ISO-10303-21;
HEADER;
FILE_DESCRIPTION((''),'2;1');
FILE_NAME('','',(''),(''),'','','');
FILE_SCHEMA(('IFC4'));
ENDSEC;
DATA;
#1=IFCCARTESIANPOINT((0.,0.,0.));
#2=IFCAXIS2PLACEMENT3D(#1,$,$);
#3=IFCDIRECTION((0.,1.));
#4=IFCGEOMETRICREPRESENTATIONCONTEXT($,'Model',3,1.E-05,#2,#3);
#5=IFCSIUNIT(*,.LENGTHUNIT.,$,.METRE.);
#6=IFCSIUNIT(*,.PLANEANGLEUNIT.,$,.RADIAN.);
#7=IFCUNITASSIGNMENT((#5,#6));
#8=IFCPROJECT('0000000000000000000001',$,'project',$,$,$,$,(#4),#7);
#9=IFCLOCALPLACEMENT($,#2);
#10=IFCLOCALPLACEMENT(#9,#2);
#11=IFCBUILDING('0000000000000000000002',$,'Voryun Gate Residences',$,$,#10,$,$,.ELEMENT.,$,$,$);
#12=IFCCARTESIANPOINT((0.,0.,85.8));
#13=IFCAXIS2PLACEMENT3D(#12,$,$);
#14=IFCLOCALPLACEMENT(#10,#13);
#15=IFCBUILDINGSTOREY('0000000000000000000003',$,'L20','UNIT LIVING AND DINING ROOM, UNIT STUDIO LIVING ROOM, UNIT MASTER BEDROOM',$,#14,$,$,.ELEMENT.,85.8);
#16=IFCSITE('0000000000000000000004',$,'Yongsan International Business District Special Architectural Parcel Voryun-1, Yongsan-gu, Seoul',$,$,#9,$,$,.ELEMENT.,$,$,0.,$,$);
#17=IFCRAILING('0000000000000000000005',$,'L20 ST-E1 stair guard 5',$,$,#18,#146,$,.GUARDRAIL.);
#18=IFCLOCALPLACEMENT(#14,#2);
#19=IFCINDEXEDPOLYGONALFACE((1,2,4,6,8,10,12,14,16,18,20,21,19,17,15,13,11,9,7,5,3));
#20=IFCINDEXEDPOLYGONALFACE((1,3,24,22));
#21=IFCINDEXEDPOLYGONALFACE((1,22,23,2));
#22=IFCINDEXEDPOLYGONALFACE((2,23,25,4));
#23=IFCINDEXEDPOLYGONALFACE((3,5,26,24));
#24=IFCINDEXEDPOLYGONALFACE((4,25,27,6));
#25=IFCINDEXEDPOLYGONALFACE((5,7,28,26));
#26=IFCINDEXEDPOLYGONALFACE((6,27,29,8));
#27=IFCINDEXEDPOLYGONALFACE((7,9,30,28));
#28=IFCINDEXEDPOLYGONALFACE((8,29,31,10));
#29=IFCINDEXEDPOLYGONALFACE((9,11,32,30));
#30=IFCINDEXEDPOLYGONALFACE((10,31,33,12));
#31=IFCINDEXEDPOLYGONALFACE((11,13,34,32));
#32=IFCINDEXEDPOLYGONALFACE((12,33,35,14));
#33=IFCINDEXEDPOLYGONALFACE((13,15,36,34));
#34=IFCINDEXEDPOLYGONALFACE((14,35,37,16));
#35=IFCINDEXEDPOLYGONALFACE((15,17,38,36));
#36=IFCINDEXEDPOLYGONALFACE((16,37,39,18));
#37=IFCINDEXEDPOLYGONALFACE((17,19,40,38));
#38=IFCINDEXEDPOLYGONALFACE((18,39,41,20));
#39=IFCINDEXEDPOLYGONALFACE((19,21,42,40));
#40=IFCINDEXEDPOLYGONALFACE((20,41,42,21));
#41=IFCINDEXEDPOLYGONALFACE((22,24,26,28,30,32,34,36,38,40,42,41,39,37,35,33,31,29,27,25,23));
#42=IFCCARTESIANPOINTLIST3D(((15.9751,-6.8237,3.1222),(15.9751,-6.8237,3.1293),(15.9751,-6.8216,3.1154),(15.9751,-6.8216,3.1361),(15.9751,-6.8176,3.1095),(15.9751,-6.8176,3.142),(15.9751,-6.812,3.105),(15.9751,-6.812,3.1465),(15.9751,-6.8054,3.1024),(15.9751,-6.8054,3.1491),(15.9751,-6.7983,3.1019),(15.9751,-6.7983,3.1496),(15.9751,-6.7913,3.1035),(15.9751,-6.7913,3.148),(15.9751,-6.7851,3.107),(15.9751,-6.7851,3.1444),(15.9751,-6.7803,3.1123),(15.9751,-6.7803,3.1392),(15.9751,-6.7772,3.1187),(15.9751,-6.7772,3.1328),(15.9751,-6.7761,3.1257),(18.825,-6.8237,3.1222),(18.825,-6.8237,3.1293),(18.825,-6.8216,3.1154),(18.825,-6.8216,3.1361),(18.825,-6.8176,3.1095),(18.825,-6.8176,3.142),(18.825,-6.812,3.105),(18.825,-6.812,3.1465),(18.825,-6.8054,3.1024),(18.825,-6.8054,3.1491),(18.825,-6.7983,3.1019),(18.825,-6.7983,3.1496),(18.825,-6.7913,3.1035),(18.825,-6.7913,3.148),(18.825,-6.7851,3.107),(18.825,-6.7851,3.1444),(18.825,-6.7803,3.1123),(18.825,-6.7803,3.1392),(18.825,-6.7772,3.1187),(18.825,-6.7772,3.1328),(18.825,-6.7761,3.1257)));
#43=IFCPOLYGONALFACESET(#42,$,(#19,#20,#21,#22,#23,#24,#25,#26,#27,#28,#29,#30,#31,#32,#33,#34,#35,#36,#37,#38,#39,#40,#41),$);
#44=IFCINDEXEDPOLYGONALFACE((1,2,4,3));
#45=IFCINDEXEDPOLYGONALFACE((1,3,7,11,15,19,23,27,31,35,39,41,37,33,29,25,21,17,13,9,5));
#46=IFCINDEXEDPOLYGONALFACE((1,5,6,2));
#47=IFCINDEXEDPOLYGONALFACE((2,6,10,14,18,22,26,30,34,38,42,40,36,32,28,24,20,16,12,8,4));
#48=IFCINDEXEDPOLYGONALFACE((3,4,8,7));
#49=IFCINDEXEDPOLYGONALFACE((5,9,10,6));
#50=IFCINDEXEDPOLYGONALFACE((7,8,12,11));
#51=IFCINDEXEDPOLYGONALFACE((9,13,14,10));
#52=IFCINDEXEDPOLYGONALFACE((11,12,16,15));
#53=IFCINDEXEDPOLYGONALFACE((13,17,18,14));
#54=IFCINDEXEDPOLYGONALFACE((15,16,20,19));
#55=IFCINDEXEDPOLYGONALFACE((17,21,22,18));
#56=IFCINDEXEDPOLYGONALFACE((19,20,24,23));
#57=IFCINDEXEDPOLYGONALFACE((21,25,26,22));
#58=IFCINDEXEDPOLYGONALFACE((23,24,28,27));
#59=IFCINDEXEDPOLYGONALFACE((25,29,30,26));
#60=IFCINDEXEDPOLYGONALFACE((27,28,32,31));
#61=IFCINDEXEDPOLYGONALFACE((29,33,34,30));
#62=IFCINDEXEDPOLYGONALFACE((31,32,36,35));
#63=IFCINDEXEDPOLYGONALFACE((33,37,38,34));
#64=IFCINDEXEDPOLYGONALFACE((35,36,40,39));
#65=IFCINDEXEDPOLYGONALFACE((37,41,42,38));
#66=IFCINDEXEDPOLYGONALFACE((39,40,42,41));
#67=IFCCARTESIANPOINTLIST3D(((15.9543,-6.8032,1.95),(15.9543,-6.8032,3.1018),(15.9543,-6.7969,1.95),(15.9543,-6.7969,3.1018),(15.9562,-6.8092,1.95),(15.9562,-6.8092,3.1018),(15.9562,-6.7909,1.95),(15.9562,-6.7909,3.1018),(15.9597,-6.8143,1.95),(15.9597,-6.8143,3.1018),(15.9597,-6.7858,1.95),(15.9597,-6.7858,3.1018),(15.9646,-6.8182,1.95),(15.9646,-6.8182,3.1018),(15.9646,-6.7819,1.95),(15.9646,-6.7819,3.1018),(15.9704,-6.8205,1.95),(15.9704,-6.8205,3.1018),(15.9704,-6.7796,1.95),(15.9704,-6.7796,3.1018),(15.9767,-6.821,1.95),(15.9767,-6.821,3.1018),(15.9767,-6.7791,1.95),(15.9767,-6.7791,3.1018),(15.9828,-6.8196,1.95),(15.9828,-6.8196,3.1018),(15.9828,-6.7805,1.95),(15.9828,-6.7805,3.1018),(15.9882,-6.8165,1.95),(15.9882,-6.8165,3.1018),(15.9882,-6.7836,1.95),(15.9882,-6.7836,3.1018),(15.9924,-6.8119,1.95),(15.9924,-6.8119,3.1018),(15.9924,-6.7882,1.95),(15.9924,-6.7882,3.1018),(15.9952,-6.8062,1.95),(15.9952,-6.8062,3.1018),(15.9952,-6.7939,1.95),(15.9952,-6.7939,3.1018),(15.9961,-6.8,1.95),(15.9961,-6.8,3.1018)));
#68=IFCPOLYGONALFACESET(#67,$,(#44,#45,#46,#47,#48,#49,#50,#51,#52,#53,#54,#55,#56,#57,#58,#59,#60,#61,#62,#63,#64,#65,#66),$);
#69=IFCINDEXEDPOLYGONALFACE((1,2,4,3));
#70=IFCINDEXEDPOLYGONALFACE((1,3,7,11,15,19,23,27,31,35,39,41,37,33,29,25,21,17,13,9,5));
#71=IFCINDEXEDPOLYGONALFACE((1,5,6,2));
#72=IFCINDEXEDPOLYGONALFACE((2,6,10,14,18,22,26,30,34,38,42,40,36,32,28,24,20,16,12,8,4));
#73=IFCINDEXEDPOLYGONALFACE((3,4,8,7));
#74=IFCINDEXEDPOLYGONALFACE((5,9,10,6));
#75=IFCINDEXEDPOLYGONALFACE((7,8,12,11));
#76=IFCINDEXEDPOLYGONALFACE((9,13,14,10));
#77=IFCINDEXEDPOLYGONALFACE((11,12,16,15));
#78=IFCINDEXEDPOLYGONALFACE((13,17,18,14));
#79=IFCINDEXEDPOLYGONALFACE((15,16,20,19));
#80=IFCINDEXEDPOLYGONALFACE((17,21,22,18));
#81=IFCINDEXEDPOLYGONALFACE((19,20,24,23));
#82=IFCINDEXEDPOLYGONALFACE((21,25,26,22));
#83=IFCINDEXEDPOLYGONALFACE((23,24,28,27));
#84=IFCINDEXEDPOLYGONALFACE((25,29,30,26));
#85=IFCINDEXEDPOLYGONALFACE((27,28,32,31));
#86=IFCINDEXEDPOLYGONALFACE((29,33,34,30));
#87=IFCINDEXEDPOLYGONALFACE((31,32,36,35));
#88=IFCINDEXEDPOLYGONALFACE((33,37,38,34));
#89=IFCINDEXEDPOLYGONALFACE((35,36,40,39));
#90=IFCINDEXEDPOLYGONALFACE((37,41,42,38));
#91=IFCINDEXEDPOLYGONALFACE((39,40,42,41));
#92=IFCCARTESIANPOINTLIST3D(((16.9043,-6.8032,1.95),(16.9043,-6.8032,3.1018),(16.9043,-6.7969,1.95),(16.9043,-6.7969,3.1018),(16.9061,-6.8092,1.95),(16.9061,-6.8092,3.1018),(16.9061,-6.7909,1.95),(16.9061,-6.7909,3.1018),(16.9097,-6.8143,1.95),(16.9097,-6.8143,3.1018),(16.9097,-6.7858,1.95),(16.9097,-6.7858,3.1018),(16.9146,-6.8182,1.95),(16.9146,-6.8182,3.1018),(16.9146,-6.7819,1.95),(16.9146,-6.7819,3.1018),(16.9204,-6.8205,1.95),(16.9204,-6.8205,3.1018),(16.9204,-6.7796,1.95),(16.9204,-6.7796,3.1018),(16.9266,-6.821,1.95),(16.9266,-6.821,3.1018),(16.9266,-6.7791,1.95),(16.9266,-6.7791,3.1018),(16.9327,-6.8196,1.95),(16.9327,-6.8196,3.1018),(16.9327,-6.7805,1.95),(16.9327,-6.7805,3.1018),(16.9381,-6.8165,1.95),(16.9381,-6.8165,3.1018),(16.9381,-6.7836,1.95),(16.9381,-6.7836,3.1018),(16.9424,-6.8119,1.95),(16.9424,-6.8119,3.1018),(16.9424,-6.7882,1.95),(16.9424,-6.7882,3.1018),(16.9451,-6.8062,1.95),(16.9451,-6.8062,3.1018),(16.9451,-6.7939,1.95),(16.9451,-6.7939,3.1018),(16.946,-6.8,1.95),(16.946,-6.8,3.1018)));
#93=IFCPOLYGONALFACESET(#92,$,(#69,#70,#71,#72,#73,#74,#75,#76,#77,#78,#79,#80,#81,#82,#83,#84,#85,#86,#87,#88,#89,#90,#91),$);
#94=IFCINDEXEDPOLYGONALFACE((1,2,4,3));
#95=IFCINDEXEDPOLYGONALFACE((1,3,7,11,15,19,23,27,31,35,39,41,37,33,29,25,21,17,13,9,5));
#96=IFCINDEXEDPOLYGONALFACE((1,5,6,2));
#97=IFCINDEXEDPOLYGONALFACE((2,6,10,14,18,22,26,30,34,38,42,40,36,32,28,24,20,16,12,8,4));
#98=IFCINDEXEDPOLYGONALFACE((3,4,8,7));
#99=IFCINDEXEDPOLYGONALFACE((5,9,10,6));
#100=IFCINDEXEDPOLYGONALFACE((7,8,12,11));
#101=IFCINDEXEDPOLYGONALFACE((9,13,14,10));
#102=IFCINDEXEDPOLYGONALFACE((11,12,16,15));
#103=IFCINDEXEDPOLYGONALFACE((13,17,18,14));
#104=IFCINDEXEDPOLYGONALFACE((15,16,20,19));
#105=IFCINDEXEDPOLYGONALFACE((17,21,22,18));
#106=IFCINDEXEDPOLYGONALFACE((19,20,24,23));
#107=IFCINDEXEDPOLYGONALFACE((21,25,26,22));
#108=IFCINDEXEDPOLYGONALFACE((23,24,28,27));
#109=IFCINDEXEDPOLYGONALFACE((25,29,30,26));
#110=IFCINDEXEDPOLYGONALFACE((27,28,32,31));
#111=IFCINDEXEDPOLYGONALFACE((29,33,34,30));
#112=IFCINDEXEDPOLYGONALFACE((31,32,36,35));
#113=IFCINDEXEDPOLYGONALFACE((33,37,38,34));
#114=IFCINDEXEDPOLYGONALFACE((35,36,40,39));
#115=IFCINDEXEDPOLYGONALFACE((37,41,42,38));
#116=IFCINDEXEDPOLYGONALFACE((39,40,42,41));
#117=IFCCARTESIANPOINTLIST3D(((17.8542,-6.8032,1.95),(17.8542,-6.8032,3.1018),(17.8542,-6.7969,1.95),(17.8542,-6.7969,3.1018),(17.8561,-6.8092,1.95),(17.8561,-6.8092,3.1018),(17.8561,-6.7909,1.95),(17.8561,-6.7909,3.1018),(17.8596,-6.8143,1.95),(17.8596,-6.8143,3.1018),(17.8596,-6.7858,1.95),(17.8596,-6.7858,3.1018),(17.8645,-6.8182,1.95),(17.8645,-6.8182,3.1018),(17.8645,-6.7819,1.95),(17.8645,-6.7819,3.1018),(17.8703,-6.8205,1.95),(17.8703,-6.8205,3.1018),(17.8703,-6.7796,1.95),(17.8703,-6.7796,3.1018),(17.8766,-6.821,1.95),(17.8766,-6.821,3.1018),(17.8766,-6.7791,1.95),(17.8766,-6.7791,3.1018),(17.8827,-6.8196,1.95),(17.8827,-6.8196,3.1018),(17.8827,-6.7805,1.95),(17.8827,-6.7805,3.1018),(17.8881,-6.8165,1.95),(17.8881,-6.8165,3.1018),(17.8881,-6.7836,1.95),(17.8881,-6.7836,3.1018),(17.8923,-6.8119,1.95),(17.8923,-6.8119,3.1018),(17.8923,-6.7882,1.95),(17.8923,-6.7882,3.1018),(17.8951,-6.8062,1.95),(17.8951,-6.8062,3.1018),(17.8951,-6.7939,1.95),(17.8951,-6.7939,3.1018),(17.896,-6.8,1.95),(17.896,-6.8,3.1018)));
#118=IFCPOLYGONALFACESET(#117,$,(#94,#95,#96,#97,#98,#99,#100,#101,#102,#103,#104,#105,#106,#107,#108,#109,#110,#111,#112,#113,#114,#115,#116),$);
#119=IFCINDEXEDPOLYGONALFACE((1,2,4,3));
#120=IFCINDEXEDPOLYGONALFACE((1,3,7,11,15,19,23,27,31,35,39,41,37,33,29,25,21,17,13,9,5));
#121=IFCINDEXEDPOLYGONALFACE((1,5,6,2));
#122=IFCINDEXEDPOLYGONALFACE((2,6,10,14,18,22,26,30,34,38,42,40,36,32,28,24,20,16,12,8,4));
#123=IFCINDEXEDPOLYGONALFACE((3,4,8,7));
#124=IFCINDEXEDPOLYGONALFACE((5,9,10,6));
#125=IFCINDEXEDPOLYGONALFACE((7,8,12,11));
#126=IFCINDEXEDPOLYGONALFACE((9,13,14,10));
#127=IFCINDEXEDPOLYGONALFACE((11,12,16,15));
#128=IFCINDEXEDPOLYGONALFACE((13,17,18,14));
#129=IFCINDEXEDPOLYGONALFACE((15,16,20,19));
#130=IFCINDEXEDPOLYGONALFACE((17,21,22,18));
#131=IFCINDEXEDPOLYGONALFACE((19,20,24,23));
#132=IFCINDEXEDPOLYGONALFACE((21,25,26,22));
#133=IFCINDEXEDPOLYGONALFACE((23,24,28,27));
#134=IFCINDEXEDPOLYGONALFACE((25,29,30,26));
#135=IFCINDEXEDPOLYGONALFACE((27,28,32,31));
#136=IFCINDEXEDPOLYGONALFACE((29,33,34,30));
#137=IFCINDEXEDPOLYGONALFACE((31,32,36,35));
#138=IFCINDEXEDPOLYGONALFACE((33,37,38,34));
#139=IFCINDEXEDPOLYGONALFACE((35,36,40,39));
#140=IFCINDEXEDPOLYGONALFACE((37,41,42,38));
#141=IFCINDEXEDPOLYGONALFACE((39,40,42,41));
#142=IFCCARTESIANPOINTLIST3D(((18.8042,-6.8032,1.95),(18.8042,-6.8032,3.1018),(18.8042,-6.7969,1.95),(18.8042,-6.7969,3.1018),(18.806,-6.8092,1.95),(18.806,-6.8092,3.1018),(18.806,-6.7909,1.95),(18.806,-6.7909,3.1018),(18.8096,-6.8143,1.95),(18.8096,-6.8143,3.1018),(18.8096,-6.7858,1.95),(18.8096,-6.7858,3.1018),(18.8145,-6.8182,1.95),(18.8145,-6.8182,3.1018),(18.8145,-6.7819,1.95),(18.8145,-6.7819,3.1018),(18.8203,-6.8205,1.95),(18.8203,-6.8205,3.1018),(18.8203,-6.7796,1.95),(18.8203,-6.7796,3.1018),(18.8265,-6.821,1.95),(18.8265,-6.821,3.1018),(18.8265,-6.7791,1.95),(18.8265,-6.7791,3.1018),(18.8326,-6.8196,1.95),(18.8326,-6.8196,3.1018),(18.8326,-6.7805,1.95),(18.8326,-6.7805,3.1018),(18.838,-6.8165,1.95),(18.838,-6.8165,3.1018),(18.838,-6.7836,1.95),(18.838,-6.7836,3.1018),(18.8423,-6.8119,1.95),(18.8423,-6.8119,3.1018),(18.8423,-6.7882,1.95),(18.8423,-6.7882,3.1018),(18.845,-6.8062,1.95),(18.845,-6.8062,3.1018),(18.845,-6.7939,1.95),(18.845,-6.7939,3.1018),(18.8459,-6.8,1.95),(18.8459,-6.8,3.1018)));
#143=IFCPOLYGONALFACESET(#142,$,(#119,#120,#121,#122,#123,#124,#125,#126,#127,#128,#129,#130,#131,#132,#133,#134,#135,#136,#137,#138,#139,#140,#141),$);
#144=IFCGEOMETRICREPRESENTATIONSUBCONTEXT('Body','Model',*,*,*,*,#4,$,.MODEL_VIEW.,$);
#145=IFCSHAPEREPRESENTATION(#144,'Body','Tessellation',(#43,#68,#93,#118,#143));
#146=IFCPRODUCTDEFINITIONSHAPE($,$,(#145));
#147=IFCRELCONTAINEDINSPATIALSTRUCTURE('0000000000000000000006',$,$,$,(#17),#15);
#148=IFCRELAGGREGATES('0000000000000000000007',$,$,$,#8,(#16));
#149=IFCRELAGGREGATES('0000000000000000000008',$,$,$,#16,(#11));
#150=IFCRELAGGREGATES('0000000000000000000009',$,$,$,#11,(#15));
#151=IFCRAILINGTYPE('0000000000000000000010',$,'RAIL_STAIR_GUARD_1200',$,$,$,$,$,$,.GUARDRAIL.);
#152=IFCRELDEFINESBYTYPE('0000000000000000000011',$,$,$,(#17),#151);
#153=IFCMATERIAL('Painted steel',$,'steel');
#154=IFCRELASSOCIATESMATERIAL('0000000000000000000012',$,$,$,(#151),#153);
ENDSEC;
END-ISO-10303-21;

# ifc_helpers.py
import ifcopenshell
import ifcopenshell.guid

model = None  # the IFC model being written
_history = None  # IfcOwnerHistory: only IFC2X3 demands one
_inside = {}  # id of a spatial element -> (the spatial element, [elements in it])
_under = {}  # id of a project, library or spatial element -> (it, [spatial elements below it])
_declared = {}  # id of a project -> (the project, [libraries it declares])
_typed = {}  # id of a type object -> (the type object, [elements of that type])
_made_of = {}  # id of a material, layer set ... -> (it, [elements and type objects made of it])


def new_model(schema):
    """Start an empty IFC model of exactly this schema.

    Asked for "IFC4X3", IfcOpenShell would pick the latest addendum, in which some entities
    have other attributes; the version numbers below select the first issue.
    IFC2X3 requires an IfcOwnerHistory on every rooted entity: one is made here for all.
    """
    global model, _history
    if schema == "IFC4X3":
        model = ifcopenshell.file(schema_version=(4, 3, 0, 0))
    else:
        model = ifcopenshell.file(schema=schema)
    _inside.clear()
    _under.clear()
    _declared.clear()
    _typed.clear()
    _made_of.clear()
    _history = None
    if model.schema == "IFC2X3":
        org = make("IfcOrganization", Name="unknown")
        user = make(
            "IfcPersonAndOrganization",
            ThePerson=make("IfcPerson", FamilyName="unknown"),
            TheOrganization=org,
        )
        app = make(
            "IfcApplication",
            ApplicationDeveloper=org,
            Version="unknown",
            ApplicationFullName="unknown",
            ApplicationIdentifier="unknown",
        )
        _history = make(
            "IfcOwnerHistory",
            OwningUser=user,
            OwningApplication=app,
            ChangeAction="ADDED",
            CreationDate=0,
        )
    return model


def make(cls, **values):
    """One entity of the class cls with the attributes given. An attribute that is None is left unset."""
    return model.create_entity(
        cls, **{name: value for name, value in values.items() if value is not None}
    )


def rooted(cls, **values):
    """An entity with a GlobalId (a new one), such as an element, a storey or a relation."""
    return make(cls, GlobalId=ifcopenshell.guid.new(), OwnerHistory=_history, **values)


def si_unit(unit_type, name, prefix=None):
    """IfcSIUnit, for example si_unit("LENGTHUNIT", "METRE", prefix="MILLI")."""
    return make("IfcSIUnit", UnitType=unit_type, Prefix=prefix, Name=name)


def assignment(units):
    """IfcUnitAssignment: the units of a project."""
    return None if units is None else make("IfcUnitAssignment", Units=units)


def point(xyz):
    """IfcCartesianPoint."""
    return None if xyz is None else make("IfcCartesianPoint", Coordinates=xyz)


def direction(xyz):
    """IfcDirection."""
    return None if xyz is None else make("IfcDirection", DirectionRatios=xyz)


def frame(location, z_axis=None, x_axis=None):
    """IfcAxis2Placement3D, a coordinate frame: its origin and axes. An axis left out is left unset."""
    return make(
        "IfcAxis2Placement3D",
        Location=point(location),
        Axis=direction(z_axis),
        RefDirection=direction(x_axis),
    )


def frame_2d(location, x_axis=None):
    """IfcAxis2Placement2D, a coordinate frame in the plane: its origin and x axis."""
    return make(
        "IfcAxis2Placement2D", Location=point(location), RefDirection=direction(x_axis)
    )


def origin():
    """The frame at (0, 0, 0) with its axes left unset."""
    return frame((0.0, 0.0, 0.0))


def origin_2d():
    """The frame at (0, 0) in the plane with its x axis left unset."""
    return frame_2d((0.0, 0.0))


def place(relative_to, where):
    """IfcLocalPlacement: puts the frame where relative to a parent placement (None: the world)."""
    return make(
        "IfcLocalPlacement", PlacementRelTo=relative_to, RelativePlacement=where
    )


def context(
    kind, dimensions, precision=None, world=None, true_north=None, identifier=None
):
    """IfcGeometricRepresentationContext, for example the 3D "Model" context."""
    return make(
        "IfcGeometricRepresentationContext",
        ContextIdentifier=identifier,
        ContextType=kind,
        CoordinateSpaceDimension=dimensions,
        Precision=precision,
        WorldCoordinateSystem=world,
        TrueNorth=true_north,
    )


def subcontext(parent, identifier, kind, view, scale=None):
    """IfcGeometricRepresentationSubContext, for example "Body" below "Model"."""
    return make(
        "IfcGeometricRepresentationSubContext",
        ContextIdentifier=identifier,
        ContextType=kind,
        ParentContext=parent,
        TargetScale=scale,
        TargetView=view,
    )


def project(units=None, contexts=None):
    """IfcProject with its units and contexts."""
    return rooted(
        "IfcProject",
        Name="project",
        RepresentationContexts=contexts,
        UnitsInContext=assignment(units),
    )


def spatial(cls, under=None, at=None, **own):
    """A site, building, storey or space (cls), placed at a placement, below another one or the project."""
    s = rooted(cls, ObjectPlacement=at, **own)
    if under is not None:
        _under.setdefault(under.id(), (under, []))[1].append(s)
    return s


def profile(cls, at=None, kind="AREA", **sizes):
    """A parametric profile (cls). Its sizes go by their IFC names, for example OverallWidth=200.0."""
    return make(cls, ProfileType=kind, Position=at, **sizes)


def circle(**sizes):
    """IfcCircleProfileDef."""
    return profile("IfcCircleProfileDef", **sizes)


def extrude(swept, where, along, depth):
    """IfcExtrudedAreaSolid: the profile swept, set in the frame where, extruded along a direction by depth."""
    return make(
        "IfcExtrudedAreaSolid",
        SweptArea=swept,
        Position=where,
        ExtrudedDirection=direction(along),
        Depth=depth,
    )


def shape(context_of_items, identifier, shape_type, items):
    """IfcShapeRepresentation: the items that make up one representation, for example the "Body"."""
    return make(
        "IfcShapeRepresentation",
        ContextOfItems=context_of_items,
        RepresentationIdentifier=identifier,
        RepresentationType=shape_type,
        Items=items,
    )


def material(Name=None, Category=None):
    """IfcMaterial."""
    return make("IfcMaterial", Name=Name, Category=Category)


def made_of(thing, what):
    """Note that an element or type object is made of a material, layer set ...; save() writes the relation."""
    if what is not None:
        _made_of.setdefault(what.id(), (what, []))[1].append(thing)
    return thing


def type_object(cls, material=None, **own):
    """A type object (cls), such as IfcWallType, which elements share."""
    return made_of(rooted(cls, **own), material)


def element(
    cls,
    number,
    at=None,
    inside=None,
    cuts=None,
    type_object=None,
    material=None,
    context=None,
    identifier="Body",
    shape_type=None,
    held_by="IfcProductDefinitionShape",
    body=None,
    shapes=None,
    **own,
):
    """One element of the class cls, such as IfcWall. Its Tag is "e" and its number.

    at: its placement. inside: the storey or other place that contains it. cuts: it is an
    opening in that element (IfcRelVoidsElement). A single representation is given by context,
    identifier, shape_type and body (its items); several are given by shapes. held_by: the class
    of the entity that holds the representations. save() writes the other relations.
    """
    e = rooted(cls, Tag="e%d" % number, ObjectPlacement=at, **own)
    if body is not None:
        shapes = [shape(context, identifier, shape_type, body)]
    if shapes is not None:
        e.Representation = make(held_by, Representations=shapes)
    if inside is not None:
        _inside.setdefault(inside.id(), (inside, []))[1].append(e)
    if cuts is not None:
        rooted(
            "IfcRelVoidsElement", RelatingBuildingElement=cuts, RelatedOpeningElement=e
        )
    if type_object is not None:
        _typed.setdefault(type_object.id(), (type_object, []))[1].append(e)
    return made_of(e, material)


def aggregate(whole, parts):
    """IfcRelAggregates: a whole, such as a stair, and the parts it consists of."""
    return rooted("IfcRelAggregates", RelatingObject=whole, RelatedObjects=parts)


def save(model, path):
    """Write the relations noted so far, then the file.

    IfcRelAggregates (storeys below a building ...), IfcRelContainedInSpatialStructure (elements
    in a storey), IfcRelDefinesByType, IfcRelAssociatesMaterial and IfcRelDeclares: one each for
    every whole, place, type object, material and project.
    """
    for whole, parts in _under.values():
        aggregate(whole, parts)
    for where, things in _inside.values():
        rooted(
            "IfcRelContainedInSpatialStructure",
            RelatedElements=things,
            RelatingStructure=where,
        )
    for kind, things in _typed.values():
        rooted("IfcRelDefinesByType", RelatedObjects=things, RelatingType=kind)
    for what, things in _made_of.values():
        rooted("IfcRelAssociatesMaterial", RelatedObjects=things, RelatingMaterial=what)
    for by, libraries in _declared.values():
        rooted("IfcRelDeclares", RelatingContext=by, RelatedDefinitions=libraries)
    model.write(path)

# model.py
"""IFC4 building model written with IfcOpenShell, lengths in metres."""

from ifc_helpers import new_model, si_unit, direction, frame, origin, origin_2d, place, context, subcontext, project, spatial, circle, extrude, material, type_object, element, save


model = new_model("IFC4")

# Units and contexts
model_context = context("Model", 3, precision=1e-05, world=origin(), true_north=direction((0.0, 1.0)))
body_context = subcontext(model_context, "Body", "Model", "MODEL_VIEW")
ifc_project = project(units=[si_unit("LENGTHUNIT", "METRE"), si_unit("PLANEANGLEUNIT", "RADIAN")], contexts=[model_context])

# Site, building, storey
site_placement = place(None, origin())
site = spatial("IfcSite", under=ifc_project, at=site_placement, Name="Yongsan International Business District Special Architectural Parcel Voryun-1, Yongsan-gu, Seoul", CompositionType="ELEMENT", RefElevation=0.0)
building_placement = place(site_placement, origin())
building = spatial("IfcBuilding", under=site, at=building_placement, Name="Voryun Gate Residences", CompositionType="ELEMENT")
storey_placement = place(building_placement, frame((0.0, 0.0, 85.8)))
storey = spatial("IfcBuildingStorey", under=building, at=storey_placement, Name="L20", Description="UNIT LIVING AND DINING ROOM, UNIT STUDIO LIVING ROOM, UNIT MASTER BEDROOM", CompositionType="ELEMENT", Elevation=85.8)

# Railing
ifc_material_1 = material(Name="Painted steel", Category="steel")
railing_type_1 = type_object("IfcRailingType", Name="RAIL_STAIR_GUARD_1200", PredefinedType="GUARDRAIL", material=ifc_material_1)
railing_1_placement = place(storey_placement, frame((15.9751, -6.8, 1.95)))
element("IfcRailing", 1, at=railing_1_placement, inside=storey, type_object=railing_type_1, Name="L20 ST-E1 stair guard 5", PredefinedType="GUARDRAIL", context=body_context, shape_type="SweptSolid", body=[
    extrude(circle(Radius=0.0239, at=origin_2d()), frame((0.0, 0.0, 1.1758), z_axis=(1.0, 0.0, 0.0), x_axis=(0.0, 1.0, 0.0)), (0.0, 0.0, 1.0), 2.8499),
    extrude(circle(Radius=0.021, at=origin_2d()), origin(), (0.0, 0.0, 1.0), 1.1519),
    extrude(circle(Radius=0.021, at=origin_2d()), frame((0.95, 0.0, 0.0)), (0.0, 0.0, 1.0), 1.1519),
    extrude(circle(Radius=0.021, at=origin_2d()), frame((1.8999, 0.0, 0.0)), (0.0, 0.0, 1.0), 1.1519),
    extrude(circle(Radius=0.021, at=origin_2d()), frame((2.8499, 0.0, 0.0)), (0.0, 0.0, 1.0), 1.1519),
])

save(model, "model.ifc")
